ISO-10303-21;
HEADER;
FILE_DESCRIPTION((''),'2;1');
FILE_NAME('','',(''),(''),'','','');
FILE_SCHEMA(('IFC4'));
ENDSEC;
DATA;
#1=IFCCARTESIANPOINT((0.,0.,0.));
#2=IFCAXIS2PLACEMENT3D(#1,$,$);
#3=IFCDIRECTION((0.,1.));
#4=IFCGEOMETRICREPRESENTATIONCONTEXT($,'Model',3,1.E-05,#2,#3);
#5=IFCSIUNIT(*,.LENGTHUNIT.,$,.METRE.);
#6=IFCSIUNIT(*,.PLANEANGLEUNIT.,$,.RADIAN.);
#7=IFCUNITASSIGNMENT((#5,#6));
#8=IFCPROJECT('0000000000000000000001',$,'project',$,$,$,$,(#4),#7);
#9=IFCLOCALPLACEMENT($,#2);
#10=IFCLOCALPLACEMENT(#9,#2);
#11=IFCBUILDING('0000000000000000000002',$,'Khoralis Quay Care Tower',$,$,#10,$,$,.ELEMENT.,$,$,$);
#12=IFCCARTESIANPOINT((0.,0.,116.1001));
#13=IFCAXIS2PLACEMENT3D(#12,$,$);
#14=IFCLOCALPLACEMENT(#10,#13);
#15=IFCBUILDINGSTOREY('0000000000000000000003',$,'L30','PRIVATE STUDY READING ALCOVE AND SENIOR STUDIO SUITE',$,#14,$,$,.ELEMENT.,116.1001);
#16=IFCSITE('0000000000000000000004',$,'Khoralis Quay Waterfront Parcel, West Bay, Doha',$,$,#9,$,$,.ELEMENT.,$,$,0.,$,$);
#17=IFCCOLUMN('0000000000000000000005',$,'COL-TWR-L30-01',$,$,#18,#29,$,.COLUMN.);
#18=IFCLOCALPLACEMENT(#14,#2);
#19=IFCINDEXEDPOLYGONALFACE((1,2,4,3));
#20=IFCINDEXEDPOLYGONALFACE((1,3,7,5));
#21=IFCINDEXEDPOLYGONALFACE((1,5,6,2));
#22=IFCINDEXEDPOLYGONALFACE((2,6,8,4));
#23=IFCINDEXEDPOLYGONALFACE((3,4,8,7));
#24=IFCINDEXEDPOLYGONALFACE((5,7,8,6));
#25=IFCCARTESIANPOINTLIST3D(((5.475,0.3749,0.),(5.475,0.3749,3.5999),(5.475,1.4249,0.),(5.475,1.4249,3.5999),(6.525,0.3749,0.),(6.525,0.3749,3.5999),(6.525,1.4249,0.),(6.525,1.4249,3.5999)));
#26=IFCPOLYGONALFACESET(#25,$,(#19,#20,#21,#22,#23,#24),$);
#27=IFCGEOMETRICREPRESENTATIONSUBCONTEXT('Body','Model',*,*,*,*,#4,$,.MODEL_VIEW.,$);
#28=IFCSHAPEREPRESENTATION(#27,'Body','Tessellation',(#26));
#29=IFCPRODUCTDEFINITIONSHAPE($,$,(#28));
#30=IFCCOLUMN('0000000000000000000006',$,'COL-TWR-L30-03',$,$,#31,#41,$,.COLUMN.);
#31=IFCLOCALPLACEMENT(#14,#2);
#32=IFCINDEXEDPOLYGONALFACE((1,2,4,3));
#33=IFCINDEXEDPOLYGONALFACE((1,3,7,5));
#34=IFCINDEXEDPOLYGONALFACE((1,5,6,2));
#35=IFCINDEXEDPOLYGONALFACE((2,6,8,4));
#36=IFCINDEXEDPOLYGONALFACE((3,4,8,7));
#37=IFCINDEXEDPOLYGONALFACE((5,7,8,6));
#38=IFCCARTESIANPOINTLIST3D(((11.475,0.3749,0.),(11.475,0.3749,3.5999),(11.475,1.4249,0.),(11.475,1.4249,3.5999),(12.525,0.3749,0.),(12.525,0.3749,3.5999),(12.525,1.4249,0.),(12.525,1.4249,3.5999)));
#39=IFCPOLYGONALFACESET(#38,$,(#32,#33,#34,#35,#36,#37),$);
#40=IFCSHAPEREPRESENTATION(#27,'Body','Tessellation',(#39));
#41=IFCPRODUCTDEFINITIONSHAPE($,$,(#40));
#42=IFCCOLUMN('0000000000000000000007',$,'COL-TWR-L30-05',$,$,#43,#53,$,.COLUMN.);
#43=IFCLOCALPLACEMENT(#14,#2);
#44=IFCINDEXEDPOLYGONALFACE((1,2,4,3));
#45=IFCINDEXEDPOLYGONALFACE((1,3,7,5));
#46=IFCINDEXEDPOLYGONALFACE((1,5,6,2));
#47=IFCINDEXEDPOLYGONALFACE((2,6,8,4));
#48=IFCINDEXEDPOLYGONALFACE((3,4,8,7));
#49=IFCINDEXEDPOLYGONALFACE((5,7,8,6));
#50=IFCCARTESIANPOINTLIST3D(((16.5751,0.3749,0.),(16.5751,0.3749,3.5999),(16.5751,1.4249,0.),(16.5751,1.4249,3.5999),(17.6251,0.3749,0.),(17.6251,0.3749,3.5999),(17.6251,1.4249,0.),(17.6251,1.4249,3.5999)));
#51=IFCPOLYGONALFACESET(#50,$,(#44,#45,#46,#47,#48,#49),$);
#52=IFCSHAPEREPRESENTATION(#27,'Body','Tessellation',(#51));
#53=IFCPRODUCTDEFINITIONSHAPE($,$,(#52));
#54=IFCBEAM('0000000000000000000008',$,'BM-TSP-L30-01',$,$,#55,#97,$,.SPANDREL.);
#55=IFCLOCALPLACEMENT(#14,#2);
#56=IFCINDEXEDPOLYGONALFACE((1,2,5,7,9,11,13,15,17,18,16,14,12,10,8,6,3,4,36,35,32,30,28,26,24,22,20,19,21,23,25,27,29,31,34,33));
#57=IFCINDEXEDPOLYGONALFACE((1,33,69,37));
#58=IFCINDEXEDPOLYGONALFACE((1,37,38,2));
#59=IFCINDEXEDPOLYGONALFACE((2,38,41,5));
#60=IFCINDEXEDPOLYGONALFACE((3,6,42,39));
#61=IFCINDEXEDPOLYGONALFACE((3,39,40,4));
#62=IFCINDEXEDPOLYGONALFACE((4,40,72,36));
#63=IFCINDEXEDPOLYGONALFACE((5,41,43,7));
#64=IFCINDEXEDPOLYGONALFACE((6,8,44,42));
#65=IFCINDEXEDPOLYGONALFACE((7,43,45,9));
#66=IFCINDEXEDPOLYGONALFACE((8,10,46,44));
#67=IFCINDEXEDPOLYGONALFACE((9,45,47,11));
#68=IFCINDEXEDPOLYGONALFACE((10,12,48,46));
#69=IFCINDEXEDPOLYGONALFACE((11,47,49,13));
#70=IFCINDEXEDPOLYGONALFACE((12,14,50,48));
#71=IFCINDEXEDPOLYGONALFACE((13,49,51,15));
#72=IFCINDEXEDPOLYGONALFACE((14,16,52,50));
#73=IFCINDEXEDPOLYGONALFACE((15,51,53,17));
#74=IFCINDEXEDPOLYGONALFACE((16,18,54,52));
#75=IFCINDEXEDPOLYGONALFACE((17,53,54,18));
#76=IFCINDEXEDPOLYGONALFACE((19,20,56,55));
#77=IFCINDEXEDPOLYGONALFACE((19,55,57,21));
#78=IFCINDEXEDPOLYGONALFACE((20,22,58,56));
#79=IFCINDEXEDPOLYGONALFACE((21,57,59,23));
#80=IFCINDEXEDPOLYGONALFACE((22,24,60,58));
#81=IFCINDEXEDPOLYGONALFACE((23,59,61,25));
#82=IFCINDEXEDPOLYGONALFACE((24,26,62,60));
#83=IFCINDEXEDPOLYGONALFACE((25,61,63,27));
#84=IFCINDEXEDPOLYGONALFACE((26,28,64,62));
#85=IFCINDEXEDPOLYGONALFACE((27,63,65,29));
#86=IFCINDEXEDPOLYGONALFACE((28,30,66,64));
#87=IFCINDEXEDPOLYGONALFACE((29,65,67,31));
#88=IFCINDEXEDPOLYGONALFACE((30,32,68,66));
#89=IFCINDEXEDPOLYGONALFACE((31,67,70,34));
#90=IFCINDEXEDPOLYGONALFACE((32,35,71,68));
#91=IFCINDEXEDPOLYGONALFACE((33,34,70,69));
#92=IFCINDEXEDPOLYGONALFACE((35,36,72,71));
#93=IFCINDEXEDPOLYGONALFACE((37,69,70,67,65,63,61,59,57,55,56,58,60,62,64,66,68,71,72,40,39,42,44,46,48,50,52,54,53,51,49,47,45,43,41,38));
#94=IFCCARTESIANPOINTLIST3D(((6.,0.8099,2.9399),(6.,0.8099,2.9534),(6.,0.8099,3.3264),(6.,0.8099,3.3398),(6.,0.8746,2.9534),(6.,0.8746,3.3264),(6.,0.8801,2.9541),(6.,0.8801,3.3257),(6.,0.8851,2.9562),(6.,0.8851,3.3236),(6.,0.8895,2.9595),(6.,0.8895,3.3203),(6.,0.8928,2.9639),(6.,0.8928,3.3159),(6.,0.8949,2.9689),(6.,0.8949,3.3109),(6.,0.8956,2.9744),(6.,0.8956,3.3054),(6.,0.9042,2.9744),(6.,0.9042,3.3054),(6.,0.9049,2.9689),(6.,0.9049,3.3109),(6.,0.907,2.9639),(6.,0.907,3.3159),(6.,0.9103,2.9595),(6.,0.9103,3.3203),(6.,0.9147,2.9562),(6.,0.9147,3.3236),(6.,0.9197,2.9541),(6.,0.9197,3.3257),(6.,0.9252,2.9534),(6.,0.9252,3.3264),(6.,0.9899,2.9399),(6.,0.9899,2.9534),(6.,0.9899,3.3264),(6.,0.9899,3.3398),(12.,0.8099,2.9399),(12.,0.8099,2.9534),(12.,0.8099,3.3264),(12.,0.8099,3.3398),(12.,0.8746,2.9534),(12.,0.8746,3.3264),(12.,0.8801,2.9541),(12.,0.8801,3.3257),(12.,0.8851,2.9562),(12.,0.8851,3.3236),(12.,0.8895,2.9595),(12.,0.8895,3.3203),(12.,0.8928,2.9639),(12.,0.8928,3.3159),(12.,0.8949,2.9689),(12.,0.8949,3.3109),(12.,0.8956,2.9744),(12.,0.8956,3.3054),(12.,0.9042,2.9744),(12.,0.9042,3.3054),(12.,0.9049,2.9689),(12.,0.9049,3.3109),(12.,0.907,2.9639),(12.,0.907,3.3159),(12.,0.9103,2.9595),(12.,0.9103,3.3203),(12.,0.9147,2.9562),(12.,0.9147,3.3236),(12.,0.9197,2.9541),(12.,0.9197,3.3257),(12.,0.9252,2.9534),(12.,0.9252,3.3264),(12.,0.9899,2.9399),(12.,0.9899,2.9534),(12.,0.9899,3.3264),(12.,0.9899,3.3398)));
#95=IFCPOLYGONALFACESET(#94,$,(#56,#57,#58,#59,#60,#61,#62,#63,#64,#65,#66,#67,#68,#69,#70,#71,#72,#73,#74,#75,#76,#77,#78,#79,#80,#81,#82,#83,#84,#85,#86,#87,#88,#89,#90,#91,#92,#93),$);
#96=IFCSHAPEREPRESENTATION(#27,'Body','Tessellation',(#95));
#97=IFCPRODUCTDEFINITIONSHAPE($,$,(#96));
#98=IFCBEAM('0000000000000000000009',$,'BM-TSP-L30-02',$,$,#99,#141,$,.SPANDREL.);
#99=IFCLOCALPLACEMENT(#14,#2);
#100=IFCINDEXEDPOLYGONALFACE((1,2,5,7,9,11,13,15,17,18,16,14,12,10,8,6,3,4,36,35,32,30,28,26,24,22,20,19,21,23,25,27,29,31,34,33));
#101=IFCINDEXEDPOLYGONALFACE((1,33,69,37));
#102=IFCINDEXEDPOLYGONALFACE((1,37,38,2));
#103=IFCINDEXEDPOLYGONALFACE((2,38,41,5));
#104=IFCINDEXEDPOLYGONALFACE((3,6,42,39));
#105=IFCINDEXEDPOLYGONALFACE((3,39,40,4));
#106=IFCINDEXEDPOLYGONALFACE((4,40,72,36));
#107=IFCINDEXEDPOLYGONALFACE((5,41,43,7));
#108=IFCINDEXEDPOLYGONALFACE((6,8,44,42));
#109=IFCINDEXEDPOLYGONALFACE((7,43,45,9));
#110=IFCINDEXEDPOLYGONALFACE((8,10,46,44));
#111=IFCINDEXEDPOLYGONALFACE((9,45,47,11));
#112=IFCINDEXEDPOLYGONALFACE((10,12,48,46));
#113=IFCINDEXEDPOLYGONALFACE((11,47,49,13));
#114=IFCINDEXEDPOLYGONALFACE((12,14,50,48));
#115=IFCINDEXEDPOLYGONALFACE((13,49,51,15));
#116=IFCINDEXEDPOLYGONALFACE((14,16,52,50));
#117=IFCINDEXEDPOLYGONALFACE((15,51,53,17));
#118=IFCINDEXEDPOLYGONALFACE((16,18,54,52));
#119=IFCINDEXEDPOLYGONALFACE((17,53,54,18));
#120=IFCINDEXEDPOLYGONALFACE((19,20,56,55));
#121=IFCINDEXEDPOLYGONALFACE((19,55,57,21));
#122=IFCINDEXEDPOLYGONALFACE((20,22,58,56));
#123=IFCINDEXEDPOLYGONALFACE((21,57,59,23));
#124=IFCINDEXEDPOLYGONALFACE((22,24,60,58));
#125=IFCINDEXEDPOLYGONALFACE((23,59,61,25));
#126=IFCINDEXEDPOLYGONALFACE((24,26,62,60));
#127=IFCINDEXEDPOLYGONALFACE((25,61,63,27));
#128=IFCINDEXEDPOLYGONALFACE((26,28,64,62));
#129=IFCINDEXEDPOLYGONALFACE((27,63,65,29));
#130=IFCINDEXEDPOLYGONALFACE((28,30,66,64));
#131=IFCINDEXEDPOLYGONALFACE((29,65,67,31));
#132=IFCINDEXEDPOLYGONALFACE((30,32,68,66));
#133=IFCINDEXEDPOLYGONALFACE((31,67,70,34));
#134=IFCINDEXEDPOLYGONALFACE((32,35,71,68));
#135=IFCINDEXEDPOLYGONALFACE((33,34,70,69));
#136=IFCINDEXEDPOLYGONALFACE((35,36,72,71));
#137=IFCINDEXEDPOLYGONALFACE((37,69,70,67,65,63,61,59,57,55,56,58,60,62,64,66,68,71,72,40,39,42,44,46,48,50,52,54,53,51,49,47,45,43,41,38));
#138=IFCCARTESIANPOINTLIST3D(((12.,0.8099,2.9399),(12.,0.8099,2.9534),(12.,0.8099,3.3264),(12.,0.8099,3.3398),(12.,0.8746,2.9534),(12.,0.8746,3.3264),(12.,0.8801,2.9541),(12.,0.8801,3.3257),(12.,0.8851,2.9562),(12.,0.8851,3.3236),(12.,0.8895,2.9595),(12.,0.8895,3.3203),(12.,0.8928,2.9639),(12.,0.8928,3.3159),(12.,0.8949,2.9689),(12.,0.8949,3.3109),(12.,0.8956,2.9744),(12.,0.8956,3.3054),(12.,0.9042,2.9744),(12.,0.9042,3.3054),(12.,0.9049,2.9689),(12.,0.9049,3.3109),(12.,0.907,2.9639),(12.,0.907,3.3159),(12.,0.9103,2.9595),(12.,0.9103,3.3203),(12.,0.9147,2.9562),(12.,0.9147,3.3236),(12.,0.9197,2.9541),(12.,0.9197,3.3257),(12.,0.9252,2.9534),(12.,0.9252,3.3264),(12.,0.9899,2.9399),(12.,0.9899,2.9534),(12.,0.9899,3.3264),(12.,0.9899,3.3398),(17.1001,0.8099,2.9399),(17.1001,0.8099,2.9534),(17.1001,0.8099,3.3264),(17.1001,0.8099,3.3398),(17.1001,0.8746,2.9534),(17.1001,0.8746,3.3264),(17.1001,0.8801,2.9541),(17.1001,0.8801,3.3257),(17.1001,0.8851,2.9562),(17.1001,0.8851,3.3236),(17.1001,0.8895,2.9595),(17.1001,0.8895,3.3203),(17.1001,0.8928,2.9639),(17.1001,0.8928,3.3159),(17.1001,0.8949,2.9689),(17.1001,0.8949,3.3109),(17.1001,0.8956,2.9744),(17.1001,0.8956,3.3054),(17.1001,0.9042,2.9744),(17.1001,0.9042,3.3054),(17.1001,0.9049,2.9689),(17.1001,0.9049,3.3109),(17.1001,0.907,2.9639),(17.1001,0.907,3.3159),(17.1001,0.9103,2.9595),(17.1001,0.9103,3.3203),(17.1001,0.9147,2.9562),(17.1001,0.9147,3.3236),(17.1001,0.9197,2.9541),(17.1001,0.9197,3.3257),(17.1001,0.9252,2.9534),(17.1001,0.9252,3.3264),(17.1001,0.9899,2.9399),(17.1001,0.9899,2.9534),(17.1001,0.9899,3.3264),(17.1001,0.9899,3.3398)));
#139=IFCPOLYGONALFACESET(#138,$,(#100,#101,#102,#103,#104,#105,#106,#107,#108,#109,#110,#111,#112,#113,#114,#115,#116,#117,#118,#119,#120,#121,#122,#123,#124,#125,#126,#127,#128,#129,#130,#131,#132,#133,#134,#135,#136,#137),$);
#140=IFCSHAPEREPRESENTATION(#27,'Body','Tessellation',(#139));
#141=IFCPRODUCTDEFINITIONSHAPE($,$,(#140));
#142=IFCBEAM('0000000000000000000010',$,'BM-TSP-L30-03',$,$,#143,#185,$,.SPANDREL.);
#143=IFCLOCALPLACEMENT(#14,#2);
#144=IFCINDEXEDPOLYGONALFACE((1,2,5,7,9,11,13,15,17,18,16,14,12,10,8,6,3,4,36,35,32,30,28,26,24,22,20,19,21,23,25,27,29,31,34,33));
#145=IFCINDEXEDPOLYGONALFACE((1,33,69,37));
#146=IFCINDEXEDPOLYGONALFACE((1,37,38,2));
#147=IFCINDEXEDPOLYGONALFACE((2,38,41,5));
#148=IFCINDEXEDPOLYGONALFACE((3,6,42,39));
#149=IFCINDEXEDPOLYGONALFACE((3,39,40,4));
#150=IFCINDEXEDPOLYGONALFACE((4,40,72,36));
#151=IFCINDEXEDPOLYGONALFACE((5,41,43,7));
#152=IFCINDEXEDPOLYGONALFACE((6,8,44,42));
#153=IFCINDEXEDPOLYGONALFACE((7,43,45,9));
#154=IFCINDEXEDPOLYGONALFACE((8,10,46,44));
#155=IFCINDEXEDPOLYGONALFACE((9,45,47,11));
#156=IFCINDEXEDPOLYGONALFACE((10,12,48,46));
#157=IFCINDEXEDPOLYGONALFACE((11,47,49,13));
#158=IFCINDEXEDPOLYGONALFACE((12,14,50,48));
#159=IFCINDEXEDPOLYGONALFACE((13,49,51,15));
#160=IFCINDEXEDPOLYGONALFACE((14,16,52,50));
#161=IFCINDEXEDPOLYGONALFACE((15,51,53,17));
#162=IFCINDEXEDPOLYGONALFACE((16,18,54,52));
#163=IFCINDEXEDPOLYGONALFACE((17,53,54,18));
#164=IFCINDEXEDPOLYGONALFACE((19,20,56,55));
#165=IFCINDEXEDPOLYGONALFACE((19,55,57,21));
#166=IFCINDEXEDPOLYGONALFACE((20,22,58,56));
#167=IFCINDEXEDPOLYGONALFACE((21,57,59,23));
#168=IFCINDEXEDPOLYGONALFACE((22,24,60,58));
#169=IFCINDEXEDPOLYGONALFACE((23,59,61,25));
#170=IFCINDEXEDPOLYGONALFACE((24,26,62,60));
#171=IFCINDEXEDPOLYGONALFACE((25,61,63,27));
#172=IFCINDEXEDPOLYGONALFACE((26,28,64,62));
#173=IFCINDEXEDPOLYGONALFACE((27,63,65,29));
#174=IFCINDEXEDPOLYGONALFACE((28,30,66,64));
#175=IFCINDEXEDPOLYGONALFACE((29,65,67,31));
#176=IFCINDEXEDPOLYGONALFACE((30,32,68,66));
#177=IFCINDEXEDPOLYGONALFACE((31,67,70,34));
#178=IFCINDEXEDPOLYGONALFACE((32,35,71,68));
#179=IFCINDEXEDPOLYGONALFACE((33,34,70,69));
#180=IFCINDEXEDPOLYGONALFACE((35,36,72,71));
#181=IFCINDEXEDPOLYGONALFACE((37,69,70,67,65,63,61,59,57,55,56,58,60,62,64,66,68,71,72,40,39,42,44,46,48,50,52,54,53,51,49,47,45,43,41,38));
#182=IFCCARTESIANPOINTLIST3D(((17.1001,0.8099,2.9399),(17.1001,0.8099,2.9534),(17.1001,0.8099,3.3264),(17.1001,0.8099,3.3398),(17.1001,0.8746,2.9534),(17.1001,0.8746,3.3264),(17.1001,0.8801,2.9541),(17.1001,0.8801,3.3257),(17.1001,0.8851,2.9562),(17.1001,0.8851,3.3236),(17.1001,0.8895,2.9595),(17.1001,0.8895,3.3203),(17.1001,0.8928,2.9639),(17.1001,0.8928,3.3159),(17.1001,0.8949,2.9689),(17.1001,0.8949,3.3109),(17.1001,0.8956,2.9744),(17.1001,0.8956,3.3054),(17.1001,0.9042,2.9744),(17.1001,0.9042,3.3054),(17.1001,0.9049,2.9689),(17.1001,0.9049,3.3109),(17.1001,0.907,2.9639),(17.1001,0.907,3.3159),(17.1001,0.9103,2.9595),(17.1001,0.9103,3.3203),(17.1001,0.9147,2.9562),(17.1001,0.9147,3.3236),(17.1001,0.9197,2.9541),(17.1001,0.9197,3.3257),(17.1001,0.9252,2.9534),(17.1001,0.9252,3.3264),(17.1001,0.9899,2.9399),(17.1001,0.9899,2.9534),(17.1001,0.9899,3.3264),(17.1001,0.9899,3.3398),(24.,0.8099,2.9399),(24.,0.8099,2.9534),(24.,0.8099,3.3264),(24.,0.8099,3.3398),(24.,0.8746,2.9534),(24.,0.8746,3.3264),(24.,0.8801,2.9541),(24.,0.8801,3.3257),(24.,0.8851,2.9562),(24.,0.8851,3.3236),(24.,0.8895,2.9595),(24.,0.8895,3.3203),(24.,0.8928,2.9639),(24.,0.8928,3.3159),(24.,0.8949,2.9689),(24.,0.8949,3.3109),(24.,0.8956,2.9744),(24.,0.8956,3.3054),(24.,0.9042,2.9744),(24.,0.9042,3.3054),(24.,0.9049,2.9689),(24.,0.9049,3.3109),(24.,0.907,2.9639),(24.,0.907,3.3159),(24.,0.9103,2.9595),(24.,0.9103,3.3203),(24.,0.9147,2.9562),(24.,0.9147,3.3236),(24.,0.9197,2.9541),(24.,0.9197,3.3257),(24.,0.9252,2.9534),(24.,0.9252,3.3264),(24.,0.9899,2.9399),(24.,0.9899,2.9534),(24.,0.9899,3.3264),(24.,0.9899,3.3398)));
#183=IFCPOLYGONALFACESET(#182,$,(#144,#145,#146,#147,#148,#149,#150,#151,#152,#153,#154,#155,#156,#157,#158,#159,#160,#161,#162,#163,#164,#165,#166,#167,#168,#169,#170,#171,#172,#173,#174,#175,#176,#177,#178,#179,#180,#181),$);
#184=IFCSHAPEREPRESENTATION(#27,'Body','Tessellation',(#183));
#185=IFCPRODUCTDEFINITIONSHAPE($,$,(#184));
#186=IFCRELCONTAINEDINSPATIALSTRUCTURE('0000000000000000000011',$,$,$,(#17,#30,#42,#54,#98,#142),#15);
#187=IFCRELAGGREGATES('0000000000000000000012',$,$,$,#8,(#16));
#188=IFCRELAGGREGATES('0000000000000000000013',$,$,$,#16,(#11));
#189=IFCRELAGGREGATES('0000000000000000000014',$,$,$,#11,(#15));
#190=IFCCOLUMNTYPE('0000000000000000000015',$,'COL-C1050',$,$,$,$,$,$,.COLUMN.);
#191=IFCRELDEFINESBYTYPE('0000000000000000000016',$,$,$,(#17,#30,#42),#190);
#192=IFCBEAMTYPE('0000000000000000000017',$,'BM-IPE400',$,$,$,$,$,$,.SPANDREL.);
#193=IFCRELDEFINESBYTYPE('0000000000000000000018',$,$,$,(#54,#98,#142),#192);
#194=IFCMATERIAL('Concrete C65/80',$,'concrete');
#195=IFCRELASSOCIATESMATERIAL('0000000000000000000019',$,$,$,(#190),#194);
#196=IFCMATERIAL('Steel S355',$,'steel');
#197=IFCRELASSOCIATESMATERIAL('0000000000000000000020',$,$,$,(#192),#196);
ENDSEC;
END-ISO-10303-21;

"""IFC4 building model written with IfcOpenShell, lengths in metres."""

from ifc_helpers import new_model, si_unit, direction, frame, origin, origin_2d, place, context, subcontext, project, spatial, rectangle, i_section, extrude, source, transform, mapped, material, material_profile, profile_set, type_object, element, save


model = new_model("IFC4")

# Units and contexts
model_context = context("Model", 3, precision=1e-05, world=origin(), true_north=direction((0.0, 1.0)))
body_context = subcontext(model_context, "Body", "Model", "MODEL_VIEW")
ifc_project = project(units=[si_unit("LENGTHUNIT", "METRE"), si_unit("PLANEANGLEUNIT", "RADIAN")], contexts=[model_context])

# Site, building, storey
site_placement = place(None, origin())
site = spatial("IfcSite", under=ifc_project, at=site_placement, Name="Khoralis Quay Waterfront Parcel, West Bay, Doha", CompositionType="ELEMENT", RefElevation=0.0)
building_placement = place(site_placement, origin())
building = spatial("IfcBuilding", under=site, at=building_placement, Name="Khoralis Quay Care Tower", CompositionType="ELEMENT")
storey_placement = place(building_placement, frame((0.0, 0.0, 116.1001)))
storey = spatial("IfcBuildingStorey", under=building, at=storey_placement, Name="L30", Description="PRIVATE STUDY READING ALCOVE AND SENIOR STUDIO SUITE", CompositionType="ELEMENT", Elevation=116.1001)

# Columns
ifc_material_1 = material(Name="Concrete C65/80", Category="concrete")
ifc_material_profile_1 = material_profile(ifc_material_1, rectangle(XDim=1.05, YDim=1.05, at=origin_2d()), Name="Concrete C65/80")
ifc_profile_set_1 = profile_set([ifc_material_profile_1], Name="Concrete C65/80")
column_type = type_object("IfcColumnType", Name="COL-C1050", PredefinedType="COLUMN", material=ifc_profile_set_1)
shared_shape_1 = source(origin(), body_context, "Body", "SweptSolid", [
    extrude(rectangle(XDim=1.05, YDim=1.05, at=origin_2d()), origin(), (0.0, 0.0, 1.0), 3.5999),
])
for number, where, z_axis, x_axis, name in (
    (1, (6.0, 0.8999, 0.0), (0.0, 0.0, 1.0), (1.0, 0.0, 0.0), "COL-TWR-L30-01"),
    (2, (12.0, 0.8999, 0.0), (0.0, 0.0, 1.0), (1.0, 0.0, 0.0), "COL-TWR-L30-03"),
    (3, (17.1001, 0.8999, 0.0), (0.0, 0.0, 1.0), (1.0, 0.0, 0.0), "COL-TWR-L30-05"),
):
    element("IfcColumn", number, at=place(storey_placement, frame(where, z_axis=z_axis, x_axis=x_axis)), inside=storey, type_object=column_type, Name=name, PredefinedType="COLUMN", context=body_context, shape_type="MappedRepresentation", body=[
        mapped(shared_shape_1, transform((0.0, 0.0, 0.0), scale=1.0)),
    ])

# Beams
ifc_material_2 = material(Name="Steel S355", Category="steel")
ifc_material_profile_2 = material_profile(ifc_material_2, i_section(OverallWidth=0.1799, OverallDepth=0.3999, WebThickness=0.0085, FlangeThickness=0.0134, FilletRadius=0.021, at=origin_2d()), Name="Steel S355")
ifc_profile_set_2 = profile_set([ifc_material_profile_2], Name="Steel S355")
beam_type_1 = type_object("IfcBeamType", Name="BM-IPE400", PredefinedType="SPANDREL", material=ifc_profile_set_2)
shared_shape_2 = source(origin(), body_context, "Body", "SweptSolid", [
    extrude(i_section(OverallWidth=0.1799, OverallDepth=0.3999, WebThickness=0.0085, FlangeThickness=0.0134, FilletRadius=0.021, at=origin_2d()), origin(), (0.0, 0.0, 1.0), 6.0),
])
beam_1_placement = place(storey_placement, frame((6.0, 0.8999, 3.1399), z_axis=(1.0, 0.0, 0.0), x_axis=(0.0, 1.0, 0.0)))
element("IfcBeam", 4, at=beam_1_placement, inside=storey, type_object=beam_type_1, Name="BM-TSP-L30-01", PredefinedType="SPANDREL", context=body_context, shape_type="MappedRepresentation", body=[
    mapped(shared_shape_2, transform((0.0, 0.0, 0.0), scale=1.0)),
])
shared_shape_3 = source(origin(), body_context, "Body", "SweptSolid", [
    extrude(i_section(OverallWidth=0.1799, OverallDepth=0.3999, WebThickness=0.0085, FlangeThickness=0.0134, FilletRadius=0.021, at=origin_2d()), origin(), (0.0, 0.0, 1.0), 5.1001),
])
beam_2_placement = place(storey_placement, frame((12.0, 0.8999, 3.1399), z_axis=(1.0, 0.0, 0.0), x_axis=(0.0, 1.0, 0.0)))
element("IfcBeam", 5, at=beam_2_placement, inside=storey, type_object=beam_type_1, Name="BM-TSP-L30-02", PredefinedType="SPANDREL", context=body_context, shape_type="MappedRepresentation", body=[
    mapped(shared_shape_3, transform((0.0, 0.0, 0.0), scale=1.0)),
])
shared_shape_4 = source(origin(), body_context, "Body", "SweptSolid", [
    extrude(i_section(OverallWidth=0.1799, OverallDepth=0.3999, WebThickness=0.0085, FlangeThickness=0.0134, FilletRadius=0.021, at=origin_2d()), origin(), (0.0, 0.0, 1.0), 6.8999),
])
beam_3_placement = place(storey_placement, frame((17.1001, 0.8999, 3.1399), z_axis=(1.0, 0.0, 0.0), x_axis=(0.0, 1.0, 0.0)))
element("IfcBeam", 6, at=beam_3_placement, inside=storey, type_object=beam_type_1, Name="BM-TSP-L30-03", PredefinedType="SPANDREL", context=body_context, shape_type="MappedRepresentation", body=[
    mapped(shared_shape_4, transform((0.0, 0.0, 0.0), scale=1.0)),
])

save(model, "model.ifc")
